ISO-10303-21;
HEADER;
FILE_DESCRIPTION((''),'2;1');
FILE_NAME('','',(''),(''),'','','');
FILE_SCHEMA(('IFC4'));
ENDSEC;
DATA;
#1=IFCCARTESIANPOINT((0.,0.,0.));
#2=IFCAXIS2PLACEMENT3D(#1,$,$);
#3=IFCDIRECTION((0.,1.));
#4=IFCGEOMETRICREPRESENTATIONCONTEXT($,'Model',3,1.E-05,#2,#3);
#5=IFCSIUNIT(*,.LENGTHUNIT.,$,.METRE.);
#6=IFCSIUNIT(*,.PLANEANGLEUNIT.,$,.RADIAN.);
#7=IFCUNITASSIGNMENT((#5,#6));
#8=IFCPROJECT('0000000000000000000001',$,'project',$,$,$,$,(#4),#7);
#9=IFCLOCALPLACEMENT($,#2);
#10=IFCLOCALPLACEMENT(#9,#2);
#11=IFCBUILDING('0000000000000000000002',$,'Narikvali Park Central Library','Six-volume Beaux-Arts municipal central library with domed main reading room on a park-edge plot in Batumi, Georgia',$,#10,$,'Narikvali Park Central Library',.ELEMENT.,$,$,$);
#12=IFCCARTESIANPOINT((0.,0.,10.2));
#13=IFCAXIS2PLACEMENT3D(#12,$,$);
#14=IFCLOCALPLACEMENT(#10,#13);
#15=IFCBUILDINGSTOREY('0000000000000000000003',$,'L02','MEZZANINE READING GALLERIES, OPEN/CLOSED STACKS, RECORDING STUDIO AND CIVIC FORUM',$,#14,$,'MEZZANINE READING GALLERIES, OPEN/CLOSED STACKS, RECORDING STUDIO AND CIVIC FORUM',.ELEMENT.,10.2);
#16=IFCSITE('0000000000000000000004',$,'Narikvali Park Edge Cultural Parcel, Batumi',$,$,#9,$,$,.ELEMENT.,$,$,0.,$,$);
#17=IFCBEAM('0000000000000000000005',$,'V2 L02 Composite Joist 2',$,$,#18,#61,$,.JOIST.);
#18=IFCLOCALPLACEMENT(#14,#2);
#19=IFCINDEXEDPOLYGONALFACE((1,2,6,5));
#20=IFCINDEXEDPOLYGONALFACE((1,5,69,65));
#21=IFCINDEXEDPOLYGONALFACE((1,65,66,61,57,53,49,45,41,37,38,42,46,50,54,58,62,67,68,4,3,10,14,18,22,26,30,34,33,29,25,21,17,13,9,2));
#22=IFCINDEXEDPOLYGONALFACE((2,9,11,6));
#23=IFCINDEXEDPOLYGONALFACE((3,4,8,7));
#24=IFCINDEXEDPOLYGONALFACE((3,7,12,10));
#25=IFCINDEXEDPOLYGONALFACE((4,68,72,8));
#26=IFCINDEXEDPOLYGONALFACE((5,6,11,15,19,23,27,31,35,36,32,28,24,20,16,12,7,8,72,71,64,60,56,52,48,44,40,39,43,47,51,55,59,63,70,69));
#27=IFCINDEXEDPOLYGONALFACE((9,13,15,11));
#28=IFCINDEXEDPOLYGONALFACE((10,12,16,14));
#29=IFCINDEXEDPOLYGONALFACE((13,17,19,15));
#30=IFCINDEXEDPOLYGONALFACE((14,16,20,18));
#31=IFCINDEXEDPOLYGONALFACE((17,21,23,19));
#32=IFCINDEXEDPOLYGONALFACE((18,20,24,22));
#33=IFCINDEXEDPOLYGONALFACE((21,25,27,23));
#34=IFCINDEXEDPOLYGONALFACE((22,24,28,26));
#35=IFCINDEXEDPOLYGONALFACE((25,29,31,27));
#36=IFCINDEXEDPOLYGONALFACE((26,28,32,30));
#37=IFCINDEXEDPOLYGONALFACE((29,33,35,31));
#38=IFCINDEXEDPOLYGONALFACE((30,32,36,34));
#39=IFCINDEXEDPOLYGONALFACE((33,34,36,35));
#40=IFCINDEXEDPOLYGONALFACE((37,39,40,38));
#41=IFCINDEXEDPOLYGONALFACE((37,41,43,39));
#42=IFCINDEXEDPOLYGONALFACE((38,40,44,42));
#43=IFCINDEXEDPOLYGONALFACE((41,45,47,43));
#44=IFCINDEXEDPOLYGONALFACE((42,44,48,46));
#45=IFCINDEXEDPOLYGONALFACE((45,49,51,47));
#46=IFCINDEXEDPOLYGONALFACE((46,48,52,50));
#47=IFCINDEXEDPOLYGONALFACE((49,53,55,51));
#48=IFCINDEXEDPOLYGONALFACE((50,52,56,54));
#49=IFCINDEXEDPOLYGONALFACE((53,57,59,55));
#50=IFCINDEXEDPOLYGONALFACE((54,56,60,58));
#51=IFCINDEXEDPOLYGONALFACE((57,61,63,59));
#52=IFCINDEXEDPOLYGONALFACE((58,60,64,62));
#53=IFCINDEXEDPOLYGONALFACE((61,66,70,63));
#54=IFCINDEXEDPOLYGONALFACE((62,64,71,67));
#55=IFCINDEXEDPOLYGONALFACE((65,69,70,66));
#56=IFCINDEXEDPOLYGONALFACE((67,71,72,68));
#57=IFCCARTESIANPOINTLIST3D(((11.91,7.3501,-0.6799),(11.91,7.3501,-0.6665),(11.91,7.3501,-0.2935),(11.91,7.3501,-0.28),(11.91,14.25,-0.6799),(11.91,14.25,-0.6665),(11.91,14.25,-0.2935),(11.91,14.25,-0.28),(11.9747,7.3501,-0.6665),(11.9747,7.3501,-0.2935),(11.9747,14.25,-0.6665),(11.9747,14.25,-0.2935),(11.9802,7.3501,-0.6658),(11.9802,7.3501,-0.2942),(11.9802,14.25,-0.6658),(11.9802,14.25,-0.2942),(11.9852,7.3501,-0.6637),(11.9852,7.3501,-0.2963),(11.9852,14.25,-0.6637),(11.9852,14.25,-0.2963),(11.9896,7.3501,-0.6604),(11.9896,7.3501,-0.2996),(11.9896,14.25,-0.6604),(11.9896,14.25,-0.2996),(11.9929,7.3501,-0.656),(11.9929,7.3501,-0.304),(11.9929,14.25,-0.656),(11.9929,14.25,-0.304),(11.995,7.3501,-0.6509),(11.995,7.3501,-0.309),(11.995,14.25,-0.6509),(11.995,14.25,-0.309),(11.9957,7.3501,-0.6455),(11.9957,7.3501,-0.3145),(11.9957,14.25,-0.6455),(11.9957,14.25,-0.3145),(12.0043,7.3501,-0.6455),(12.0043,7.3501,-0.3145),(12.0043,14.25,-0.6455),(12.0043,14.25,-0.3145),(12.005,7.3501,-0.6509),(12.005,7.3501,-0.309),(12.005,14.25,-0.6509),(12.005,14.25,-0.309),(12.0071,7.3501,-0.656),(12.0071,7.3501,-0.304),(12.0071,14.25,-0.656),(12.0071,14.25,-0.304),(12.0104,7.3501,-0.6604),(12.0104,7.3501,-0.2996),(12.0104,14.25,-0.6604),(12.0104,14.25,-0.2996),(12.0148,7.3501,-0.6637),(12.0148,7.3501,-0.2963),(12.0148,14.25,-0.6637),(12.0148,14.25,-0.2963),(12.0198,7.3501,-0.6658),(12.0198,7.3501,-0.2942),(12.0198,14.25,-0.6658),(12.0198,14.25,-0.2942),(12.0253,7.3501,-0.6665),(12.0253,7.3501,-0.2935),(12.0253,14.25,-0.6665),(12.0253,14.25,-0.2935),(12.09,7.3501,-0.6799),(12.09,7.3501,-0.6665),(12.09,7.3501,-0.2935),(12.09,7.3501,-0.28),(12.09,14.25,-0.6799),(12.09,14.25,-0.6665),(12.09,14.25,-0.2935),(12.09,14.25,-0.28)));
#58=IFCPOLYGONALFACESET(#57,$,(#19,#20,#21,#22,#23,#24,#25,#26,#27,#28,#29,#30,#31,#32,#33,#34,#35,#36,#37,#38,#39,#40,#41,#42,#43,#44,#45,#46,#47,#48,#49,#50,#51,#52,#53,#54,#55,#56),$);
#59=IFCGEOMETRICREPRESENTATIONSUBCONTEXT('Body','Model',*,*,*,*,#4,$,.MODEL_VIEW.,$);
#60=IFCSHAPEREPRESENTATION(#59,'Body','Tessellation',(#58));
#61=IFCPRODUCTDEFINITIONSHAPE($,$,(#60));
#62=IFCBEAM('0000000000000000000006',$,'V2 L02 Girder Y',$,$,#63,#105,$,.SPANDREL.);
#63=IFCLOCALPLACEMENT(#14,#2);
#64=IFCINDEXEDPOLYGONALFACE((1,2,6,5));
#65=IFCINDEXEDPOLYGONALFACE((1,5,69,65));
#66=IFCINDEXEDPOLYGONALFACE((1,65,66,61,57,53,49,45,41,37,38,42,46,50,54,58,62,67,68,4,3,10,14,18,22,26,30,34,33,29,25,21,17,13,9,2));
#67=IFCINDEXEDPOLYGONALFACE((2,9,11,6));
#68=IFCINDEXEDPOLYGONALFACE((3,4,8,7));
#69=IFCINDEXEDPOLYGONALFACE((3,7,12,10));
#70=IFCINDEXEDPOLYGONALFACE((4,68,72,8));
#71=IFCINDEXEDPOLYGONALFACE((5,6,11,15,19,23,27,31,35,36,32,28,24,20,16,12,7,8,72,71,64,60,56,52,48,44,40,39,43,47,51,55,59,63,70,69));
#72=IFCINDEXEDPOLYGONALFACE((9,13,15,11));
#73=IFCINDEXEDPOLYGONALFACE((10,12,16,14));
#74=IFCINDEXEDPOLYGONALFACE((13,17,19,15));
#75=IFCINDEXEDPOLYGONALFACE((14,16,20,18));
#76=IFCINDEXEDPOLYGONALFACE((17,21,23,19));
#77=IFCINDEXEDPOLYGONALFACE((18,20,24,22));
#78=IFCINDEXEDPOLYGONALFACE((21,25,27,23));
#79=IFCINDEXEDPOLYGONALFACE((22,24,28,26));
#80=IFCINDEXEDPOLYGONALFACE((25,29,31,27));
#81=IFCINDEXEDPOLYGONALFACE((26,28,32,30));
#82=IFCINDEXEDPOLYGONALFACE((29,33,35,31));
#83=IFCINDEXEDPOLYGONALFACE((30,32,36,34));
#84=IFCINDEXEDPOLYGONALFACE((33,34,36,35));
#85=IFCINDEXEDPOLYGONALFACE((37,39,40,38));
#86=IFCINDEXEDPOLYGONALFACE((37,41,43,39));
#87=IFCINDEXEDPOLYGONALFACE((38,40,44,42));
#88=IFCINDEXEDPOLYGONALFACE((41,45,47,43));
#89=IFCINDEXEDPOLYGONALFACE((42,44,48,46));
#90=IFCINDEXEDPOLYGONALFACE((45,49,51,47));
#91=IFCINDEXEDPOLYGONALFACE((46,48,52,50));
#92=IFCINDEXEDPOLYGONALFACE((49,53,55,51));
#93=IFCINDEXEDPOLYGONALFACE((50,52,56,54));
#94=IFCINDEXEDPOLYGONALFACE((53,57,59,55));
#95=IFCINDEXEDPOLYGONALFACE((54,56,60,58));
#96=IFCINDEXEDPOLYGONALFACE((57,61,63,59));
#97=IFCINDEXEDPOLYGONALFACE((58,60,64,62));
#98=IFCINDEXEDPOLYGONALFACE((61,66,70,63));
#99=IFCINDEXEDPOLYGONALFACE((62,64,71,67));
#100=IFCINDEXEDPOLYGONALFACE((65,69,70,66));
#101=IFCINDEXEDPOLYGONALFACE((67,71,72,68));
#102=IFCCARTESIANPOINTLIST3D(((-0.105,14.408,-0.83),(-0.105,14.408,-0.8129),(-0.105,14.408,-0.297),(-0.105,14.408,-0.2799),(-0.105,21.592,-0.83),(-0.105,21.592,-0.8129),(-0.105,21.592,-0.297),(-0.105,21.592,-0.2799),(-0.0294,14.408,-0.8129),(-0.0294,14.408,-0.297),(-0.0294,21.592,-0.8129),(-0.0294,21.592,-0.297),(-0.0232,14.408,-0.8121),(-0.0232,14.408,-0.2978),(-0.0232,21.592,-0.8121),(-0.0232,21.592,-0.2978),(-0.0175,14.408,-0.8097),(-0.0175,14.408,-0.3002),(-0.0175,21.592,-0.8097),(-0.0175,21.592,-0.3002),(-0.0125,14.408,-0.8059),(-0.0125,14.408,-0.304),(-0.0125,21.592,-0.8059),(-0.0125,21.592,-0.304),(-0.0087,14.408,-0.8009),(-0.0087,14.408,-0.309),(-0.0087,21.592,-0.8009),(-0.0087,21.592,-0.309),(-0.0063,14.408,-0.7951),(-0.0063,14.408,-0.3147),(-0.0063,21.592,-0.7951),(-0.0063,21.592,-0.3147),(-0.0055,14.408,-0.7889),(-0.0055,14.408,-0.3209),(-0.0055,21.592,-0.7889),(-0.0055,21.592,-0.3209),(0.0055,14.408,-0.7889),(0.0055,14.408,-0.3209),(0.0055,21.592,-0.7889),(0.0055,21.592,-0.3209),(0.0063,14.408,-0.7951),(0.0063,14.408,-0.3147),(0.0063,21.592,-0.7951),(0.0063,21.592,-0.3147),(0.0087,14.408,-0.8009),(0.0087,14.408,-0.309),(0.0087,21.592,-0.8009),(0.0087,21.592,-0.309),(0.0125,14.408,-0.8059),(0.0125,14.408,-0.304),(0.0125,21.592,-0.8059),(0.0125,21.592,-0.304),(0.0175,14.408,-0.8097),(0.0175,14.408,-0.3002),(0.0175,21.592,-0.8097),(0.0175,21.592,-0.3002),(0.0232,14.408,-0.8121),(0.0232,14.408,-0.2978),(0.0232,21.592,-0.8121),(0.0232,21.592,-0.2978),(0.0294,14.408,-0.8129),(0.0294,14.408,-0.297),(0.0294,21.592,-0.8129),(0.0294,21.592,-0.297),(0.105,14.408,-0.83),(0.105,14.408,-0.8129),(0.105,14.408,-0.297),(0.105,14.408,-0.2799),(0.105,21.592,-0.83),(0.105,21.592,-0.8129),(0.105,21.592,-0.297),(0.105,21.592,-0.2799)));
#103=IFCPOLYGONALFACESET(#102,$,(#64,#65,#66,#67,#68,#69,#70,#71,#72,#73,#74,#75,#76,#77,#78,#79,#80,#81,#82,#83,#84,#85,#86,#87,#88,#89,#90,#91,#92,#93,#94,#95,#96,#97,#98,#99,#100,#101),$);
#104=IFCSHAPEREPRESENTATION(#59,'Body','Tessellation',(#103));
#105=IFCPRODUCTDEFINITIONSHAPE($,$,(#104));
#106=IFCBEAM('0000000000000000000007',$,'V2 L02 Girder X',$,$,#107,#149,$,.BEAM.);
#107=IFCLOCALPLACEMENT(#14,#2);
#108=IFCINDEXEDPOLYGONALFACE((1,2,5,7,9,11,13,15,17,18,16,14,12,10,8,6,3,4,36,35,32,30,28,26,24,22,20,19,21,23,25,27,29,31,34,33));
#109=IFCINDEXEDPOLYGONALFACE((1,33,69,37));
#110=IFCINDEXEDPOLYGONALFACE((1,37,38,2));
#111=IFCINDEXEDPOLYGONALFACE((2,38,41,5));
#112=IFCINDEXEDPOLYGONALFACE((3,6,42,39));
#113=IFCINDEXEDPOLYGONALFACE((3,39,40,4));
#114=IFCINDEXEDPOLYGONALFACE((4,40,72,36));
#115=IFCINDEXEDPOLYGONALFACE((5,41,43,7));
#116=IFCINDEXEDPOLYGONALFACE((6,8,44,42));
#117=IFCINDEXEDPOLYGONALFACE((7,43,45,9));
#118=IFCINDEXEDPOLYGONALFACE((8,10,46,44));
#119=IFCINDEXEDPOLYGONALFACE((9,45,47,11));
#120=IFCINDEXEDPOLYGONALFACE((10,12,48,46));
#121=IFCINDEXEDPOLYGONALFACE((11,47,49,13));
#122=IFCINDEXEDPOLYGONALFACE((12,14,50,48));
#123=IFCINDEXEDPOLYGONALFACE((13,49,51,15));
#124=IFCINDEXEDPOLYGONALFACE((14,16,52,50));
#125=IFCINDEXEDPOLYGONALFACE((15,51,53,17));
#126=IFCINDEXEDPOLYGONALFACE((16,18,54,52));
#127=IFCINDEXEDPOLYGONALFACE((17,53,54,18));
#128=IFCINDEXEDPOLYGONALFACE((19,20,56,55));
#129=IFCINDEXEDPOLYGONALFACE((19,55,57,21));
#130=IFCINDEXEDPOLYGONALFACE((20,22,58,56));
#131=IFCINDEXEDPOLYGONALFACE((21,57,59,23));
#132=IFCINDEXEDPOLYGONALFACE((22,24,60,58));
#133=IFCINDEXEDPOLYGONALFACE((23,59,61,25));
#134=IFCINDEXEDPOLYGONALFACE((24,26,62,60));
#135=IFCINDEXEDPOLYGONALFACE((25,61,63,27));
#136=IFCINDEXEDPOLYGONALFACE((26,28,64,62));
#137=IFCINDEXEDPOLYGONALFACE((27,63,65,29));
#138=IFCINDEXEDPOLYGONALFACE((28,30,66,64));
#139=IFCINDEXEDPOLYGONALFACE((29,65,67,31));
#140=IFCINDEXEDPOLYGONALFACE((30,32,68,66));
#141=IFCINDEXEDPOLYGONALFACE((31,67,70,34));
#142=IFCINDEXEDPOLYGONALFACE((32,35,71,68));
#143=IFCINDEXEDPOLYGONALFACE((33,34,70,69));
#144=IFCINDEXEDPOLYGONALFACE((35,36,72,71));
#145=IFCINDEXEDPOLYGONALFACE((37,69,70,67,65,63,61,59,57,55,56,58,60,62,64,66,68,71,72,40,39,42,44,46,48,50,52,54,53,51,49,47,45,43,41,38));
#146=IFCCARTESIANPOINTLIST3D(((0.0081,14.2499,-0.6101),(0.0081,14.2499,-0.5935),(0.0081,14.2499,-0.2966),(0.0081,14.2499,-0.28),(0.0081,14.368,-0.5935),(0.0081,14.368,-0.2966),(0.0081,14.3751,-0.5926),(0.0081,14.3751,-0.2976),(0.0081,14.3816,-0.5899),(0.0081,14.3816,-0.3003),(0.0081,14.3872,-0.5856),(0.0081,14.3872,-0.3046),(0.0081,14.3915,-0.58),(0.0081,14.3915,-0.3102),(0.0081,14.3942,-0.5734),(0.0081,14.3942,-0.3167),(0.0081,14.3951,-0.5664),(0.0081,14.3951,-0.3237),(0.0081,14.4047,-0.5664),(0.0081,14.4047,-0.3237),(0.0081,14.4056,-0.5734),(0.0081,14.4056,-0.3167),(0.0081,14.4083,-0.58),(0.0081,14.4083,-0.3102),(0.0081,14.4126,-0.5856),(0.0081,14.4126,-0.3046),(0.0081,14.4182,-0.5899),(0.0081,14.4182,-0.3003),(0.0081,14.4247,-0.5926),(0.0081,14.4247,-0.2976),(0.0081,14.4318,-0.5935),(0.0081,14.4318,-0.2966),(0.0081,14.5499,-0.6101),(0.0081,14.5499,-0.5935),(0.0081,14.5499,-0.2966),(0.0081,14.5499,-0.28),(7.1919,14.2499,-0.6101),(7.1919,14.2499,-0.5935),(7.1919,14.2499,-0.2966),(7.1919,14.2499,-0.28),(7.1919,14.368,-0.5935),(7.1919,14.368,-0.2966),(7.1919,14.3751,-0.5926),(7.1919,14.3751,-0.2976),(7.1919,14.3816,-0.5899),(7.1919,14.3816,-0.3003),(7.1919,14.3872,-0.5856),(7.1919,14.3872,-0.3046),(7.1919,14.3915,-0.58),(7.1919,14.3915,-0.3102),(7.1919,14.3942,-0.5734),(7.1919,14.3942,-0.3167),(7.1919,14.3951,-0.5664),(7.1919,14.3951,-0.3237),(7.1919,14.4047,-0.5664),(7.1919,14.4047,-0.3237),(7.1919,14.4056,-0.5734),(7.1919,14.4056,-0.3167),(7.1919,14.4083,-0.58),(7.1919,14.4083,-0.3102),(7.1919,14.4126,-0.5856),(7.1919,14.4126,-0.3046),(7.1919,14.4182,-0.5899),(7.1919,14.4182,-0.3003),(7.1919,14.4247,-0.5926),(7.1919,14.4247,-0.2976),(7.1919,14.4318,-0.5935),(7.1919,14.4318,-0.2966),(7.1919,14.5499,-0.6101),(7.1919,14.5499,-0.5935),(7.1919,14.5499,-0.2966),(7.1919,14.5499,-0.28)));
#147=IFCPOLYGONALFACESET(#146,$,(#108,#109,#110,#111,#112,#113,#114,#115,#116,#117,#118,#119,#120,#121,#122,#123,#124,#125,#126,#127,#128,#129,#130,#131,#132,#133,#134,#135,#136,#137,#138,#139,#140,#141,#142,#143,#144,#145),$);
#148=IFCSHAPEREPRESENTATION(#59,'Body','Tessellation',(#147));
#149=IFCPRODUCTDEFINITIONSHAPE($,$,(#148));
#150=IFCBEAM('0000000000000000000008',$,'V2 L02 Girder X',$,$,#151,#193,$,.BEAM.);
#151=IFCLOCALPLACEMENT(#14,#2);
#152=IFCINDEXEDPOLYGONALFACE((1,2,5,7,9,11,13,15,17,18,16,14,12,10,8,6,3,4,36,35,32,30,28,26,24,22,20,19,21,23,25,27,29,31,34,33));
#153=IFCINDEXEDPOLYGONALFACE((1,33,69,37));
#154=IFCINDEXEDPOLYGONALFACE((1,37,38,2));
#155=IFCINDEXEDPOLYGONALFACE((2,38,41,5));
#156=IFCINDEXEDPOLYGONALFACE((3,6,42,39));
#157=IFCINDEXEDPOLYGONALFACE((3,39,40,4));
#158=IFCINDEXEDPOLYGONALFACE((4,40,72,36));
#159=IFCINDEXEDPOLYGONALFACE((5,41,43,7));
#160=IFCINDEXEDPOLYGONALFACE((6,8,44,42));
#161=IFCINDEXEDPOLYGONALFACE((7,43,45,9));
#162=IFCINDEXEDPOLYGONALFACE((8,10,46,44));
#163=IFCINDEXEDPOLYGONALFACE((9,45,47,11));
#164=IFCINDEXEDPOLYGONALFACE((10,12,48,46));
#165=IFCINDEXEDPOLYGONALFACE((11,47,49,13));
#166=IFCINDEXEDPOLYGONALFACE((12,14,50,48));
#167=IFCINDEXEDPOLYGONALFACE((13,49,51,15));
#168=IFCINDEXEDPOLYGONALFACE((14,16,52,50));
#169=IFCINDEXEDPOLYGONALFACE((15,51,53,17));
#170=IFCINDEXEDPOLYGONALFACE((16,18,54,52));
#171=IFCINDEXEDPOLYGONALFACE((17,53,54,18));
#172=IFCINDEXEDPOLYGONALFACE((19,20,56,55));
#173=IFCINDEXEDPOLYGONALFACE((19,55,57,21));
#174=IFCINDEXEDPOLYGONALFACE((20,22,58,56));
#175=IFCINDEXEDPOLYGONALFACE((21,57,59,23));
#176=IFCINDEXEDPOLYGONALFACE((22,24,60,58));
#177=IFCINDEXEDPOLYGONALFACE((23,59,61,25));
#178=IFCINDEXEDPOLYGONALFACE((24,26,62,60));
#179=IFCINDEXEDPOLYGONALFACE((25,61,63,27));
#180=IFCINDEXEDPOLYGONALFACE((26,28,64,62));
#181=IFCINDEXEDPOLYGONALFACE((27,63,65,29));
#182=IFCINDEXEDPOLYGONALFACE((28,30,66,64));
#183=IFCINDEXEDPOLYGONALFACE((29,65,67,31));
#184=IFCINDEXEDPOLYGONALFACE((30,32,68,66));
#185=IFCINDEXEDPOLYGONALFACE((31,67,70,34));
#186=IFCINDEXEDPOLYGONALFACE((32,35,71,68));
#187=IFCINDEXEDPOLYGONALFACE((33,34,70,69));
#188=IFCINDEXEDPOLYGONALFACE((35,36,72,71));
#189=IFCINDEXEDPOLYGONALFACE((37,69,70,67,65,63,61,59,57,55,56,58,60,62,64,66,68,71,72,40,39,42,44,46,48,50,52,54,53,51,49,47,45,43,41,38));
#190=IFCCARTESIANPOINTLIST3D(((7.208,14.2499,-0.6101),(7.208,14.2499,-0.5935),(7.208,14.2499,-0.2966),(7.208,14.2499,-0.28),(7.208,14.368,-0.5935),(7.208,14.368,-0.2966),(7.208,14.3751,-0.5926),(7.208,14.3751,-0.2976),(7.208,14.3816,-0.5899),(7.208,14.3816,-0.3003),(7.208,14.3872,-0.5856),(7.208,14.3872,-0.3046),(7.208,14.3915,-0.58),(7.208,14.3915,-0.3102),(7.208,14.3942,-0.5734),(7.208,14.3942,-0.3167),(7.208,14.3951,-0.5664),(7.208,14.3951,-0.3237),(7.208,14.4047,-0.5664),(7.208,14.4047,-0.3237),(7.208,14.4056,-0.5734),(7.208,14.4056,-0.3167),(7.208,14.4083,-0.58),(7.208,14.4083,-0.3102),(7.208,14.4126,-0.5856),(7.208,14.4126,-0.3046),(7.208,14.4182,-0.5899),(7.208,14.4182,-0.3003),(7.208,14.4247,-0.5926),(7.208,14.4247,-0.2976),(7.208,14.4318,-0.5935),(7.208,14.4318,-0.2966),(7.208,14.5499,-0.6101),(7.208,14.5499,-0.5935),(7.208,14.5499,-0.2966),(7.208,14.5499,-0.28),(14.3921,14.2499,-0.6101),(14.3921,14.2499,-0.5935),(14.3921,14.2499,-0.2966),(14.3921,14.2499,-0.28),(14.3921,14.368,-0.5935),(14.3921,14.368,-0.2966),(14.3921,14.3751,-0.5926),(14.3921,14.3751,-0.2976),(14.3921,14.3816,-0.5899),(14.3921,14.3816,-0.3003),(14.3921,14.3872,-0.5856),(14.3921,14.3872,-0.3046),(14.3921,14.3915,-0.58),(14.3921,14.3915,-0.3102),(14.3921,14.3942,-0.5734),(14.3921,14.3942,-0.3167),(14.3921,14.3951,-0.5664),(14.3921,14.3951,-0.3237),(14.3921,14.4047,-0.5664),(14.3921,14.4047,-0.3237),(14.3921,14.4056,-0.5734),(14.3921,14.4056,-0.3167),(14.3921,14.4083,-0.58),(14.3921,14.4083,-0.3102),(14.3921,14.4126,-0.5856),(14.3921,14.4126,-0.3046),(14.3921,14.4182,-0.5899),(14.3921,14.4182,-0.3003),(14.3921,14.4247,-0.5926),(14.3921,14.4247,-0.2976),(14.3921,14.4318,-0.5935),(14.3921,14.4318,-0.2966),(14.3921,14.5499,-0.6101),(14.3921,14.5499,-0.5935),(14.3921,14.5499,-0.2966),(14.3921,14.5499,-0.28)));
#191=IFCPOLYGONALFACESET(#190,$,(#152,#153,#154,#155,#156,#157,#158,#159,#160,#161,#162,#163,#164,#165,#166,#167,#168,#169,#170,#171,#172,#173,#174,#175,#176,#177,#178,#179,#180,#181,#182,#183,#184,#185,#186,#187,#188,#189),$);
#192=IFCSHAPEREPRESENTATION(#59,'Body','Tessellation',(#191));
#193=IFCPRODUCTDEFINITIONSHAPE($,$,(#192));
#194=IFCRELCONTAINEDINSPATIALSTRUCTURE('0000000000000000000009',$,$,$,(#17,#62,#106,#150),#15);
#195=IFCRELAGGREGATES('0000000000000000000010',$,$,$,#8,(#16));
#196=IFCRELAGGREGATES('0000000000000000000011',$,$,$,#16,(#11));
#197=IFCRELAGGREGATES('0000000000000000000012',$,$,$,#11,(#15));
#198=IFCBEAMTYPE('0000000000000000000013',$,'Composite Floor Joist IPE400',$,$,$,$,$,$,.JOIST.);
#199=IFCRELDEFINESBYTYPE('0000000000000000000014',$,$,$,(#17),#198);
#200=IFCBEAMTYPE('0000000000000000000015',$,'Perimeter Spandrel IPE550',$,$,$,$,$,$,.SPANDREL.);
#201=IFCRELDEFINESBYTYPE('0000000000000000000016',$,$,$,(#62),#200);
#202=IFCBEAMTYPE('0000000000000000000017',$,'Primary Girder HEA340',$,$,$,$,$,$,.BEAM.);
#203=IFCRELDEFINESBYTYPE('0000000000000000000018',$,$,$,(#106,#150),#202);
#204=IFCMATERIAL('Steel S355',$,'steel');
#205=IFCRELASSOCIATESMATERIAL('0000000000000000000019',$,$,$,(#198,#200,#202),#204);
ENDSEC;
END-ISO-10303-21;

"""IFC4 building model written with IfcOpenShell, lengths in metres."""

from ifc_helpers import new_model, si_unit, direction, frame, origin, origin_2d, place, context, subcontext, project, spatial, i_section, extrude, material, material_profile, profile_set, type_object, element, save


model = new_model("IFC4")

# Units and contexts
model_context = context("Model", 3, precision=1e-05, world=origin(), true_north=direction((0.0, 1.0)))
body_context = subcontext(model_context, "Body", "Model", "MODEL_VIEW")
ifc_project = project(units=[si_unit("LENGTHUNIT", "METRE"), si_unit("PLANEANGLEUNIT", "RADIAN")], contexts=[model_context])

# Site, building, storey
site_placement = place(None, origin())
site = spatial("IfcSite", under=ifc_project, at=site_placement, Name="Narikvali Park Edge Cultural Parcel, Batumi", CompositionType="ELEMENT", RefElevation=0.0)
building_placement = place(site_placement, origin())
building = spatial("IfcBuilding", under=site, at=building_placement, Name="Narikvali Park Central Library", Description="Six-volume Beaux-Arts municipal central library with domed main reading room on a park-edge plot in Batumi, Georgia", LongName="Narikvali Park Central Library", CompositionType="ELEMENT")
storey_placement = place(building_placement, frame((0.0, 0.0, 10.2)))
storey = spatial("IfcBuildingStorey", under=building, at=storey_placement, Name="L02", Description="MEZZANINE READING GALLERIES, OPEN/CLOSED STACKS, RECORDING STUDIO AND CIVIC FORUM", LongName="MEZZANINE READING GALLERIES, OPEN/CLOSED STACKS, RECORDING STUDIO AND CIVIC FORUM", CompositionType="ELEMENT", Elevation=10.2)

# Shared definitions
ifc_material_1 = material(Name="Steel S355", Category="steel")

# Beams
ifc_material_profile_1 = material_profile(ifc_material_1, i_section(OverallWidth=0.1799, OverallDepth=0.3999, WebThickness=0.0085, FlangeThickness=0.0134, FilletRadius=0.021, at=origin_2d()), Name="IPE 400")
ifc_profile_set_1 = profile_set([ifc_material_profile_1], Name="Steel S355")
beam_type_1 = type_object("IfcBeamType", Name="Composite Floor Joist IPE400", PredefinedType="JOIST", material=ifc_profile_set_1)
for number, where, z_axis, x_axis, name in (
    (1, (12.0, 7.3501, -0.48), (0.0, 1.0, 0.0), (-1.0, 0.0, 0.0), "V2 L02 Composite Joist 2"),
):
    element("IfcBeam", number, at=place(storey_placement, frame(where, z_axis=z_axis, x_axis=x_axis)), inside=storey, type_object=beam_type_1, Name=name, PredefinedType="JOIST", context=body_context, shape_type="SweptSolid", body=[
        extrude(i_section(OverallWidth=0.1799, OverallDepth=0.3999, WebThickness=0.0085, FlangeThickness=0.0134, FilletRadius=0.021, at=origin_2d()), origin(), (0.0, 0.0, 1.0), 6.8999),
    ])
ifc_material_profile_2 = material_profile(ifc_material_1, i_section(OverallWidth=0.21, OverallDepth=0.55, WebThickness=0.011, FlangeThickness=0.0171, FilletRadius=0.0239, at=origin_2d()), Name="IPE 550")
ifc_profile_set_2 = profile_set([ifc_material_profile_2], Name="Steel S355")
beam_type_2 = type_object("IfcBeamType", Name="Perimeter Spandrel IPE550", PredefinedType="SPANDREL", material=ifc_profile_set_2)
beam_1_placement = place(storey_placement, frame((0.0, 14.408, -0.5549), z_axis=(0.0, 1.0, 0.0), x_axis=(-1.0, 0.0, 0.0)))
element("IfcBeam", 2, at=beam_1_placement, inside=storey, type_object=beam_type_2, Name="V2 L02 Girder Y", PredefinedType="SPANDREL", context=body_context, shape_type="SweptSolid", body=[
    extrude(i_section(OverallWidth=0.21, OverallDepth=0.55, WebThickness=0.011, FlangeThickness=0.0171, FilletRadius=0.0239, at=origin_2d()), origin(), (0.0, 0.0, 1.0), 7.1841),
])
ifc_material_profile_3 = material_profile(ifc_material_1, i_section(OverallWidth=0.3, OverallDepth=0.3301, WebThickness=0.0095, FlangeThickness=0.0166, FilletRadius=0.0271, at=origin_2d()), Name="HEA 340")
ifc_profile_set_3 = profile_set([ifc_material_profile_3], Name="Steel S355")
beam_type_3 = type_object("IfcBeamType", Name="Primary Girder HEA340", PredefinedType="BEAM", material=ifc_profile_set_3)
beam_2_placement = place(storey_placement, frame((0.0081, 14.3999, -0.4451), z_axis=(1.0, 0.0, 0.0), x_axis=(0.0, 1.0, 0.0)))
element("IfcBeam", 3, at=beam_2_placement, inside=storey, type_object=beam_type_3, Name="V2 L02 Girder X", PredefinedType="BEAM", context=body_context, shape_type="SweptSolid", body=[
    extrude(i_section(OverallWidth=0.3, OverallDepth=0.3301, WebThickness=0.0095, FlangeThickness=0.0166, FilletRadius=0.0271, at=origin_2d()), origin(), (0.0, 0.0, 1.0), 7.1838),
])
beam_3_placement = place(storey_placement, frame((7.208, 14.3999, -0.4451), z_axis=(1.0, 0.0, 0.0), x_axis=(0.0, 1.0, 0.0)))
element("IfcBeam", 4, at=beam_3_placement, inside=storey, type_object=beam_type_3, Name="V2 L02 Girder X", PredefinedType="BEAM", context=body_context, shape_type="SweptSolid", body=[
    extrude(i_section(OverallWidth=0.3, OverallDepth=0.3301, WebThickness=0.0095, FlangeThickness=0.0166, FilletRadius=0.0271, at=origin_2d()), origin(), (0.0, 0.0, 1.0), 7.1841),
])

save(model, "model.ifc")
